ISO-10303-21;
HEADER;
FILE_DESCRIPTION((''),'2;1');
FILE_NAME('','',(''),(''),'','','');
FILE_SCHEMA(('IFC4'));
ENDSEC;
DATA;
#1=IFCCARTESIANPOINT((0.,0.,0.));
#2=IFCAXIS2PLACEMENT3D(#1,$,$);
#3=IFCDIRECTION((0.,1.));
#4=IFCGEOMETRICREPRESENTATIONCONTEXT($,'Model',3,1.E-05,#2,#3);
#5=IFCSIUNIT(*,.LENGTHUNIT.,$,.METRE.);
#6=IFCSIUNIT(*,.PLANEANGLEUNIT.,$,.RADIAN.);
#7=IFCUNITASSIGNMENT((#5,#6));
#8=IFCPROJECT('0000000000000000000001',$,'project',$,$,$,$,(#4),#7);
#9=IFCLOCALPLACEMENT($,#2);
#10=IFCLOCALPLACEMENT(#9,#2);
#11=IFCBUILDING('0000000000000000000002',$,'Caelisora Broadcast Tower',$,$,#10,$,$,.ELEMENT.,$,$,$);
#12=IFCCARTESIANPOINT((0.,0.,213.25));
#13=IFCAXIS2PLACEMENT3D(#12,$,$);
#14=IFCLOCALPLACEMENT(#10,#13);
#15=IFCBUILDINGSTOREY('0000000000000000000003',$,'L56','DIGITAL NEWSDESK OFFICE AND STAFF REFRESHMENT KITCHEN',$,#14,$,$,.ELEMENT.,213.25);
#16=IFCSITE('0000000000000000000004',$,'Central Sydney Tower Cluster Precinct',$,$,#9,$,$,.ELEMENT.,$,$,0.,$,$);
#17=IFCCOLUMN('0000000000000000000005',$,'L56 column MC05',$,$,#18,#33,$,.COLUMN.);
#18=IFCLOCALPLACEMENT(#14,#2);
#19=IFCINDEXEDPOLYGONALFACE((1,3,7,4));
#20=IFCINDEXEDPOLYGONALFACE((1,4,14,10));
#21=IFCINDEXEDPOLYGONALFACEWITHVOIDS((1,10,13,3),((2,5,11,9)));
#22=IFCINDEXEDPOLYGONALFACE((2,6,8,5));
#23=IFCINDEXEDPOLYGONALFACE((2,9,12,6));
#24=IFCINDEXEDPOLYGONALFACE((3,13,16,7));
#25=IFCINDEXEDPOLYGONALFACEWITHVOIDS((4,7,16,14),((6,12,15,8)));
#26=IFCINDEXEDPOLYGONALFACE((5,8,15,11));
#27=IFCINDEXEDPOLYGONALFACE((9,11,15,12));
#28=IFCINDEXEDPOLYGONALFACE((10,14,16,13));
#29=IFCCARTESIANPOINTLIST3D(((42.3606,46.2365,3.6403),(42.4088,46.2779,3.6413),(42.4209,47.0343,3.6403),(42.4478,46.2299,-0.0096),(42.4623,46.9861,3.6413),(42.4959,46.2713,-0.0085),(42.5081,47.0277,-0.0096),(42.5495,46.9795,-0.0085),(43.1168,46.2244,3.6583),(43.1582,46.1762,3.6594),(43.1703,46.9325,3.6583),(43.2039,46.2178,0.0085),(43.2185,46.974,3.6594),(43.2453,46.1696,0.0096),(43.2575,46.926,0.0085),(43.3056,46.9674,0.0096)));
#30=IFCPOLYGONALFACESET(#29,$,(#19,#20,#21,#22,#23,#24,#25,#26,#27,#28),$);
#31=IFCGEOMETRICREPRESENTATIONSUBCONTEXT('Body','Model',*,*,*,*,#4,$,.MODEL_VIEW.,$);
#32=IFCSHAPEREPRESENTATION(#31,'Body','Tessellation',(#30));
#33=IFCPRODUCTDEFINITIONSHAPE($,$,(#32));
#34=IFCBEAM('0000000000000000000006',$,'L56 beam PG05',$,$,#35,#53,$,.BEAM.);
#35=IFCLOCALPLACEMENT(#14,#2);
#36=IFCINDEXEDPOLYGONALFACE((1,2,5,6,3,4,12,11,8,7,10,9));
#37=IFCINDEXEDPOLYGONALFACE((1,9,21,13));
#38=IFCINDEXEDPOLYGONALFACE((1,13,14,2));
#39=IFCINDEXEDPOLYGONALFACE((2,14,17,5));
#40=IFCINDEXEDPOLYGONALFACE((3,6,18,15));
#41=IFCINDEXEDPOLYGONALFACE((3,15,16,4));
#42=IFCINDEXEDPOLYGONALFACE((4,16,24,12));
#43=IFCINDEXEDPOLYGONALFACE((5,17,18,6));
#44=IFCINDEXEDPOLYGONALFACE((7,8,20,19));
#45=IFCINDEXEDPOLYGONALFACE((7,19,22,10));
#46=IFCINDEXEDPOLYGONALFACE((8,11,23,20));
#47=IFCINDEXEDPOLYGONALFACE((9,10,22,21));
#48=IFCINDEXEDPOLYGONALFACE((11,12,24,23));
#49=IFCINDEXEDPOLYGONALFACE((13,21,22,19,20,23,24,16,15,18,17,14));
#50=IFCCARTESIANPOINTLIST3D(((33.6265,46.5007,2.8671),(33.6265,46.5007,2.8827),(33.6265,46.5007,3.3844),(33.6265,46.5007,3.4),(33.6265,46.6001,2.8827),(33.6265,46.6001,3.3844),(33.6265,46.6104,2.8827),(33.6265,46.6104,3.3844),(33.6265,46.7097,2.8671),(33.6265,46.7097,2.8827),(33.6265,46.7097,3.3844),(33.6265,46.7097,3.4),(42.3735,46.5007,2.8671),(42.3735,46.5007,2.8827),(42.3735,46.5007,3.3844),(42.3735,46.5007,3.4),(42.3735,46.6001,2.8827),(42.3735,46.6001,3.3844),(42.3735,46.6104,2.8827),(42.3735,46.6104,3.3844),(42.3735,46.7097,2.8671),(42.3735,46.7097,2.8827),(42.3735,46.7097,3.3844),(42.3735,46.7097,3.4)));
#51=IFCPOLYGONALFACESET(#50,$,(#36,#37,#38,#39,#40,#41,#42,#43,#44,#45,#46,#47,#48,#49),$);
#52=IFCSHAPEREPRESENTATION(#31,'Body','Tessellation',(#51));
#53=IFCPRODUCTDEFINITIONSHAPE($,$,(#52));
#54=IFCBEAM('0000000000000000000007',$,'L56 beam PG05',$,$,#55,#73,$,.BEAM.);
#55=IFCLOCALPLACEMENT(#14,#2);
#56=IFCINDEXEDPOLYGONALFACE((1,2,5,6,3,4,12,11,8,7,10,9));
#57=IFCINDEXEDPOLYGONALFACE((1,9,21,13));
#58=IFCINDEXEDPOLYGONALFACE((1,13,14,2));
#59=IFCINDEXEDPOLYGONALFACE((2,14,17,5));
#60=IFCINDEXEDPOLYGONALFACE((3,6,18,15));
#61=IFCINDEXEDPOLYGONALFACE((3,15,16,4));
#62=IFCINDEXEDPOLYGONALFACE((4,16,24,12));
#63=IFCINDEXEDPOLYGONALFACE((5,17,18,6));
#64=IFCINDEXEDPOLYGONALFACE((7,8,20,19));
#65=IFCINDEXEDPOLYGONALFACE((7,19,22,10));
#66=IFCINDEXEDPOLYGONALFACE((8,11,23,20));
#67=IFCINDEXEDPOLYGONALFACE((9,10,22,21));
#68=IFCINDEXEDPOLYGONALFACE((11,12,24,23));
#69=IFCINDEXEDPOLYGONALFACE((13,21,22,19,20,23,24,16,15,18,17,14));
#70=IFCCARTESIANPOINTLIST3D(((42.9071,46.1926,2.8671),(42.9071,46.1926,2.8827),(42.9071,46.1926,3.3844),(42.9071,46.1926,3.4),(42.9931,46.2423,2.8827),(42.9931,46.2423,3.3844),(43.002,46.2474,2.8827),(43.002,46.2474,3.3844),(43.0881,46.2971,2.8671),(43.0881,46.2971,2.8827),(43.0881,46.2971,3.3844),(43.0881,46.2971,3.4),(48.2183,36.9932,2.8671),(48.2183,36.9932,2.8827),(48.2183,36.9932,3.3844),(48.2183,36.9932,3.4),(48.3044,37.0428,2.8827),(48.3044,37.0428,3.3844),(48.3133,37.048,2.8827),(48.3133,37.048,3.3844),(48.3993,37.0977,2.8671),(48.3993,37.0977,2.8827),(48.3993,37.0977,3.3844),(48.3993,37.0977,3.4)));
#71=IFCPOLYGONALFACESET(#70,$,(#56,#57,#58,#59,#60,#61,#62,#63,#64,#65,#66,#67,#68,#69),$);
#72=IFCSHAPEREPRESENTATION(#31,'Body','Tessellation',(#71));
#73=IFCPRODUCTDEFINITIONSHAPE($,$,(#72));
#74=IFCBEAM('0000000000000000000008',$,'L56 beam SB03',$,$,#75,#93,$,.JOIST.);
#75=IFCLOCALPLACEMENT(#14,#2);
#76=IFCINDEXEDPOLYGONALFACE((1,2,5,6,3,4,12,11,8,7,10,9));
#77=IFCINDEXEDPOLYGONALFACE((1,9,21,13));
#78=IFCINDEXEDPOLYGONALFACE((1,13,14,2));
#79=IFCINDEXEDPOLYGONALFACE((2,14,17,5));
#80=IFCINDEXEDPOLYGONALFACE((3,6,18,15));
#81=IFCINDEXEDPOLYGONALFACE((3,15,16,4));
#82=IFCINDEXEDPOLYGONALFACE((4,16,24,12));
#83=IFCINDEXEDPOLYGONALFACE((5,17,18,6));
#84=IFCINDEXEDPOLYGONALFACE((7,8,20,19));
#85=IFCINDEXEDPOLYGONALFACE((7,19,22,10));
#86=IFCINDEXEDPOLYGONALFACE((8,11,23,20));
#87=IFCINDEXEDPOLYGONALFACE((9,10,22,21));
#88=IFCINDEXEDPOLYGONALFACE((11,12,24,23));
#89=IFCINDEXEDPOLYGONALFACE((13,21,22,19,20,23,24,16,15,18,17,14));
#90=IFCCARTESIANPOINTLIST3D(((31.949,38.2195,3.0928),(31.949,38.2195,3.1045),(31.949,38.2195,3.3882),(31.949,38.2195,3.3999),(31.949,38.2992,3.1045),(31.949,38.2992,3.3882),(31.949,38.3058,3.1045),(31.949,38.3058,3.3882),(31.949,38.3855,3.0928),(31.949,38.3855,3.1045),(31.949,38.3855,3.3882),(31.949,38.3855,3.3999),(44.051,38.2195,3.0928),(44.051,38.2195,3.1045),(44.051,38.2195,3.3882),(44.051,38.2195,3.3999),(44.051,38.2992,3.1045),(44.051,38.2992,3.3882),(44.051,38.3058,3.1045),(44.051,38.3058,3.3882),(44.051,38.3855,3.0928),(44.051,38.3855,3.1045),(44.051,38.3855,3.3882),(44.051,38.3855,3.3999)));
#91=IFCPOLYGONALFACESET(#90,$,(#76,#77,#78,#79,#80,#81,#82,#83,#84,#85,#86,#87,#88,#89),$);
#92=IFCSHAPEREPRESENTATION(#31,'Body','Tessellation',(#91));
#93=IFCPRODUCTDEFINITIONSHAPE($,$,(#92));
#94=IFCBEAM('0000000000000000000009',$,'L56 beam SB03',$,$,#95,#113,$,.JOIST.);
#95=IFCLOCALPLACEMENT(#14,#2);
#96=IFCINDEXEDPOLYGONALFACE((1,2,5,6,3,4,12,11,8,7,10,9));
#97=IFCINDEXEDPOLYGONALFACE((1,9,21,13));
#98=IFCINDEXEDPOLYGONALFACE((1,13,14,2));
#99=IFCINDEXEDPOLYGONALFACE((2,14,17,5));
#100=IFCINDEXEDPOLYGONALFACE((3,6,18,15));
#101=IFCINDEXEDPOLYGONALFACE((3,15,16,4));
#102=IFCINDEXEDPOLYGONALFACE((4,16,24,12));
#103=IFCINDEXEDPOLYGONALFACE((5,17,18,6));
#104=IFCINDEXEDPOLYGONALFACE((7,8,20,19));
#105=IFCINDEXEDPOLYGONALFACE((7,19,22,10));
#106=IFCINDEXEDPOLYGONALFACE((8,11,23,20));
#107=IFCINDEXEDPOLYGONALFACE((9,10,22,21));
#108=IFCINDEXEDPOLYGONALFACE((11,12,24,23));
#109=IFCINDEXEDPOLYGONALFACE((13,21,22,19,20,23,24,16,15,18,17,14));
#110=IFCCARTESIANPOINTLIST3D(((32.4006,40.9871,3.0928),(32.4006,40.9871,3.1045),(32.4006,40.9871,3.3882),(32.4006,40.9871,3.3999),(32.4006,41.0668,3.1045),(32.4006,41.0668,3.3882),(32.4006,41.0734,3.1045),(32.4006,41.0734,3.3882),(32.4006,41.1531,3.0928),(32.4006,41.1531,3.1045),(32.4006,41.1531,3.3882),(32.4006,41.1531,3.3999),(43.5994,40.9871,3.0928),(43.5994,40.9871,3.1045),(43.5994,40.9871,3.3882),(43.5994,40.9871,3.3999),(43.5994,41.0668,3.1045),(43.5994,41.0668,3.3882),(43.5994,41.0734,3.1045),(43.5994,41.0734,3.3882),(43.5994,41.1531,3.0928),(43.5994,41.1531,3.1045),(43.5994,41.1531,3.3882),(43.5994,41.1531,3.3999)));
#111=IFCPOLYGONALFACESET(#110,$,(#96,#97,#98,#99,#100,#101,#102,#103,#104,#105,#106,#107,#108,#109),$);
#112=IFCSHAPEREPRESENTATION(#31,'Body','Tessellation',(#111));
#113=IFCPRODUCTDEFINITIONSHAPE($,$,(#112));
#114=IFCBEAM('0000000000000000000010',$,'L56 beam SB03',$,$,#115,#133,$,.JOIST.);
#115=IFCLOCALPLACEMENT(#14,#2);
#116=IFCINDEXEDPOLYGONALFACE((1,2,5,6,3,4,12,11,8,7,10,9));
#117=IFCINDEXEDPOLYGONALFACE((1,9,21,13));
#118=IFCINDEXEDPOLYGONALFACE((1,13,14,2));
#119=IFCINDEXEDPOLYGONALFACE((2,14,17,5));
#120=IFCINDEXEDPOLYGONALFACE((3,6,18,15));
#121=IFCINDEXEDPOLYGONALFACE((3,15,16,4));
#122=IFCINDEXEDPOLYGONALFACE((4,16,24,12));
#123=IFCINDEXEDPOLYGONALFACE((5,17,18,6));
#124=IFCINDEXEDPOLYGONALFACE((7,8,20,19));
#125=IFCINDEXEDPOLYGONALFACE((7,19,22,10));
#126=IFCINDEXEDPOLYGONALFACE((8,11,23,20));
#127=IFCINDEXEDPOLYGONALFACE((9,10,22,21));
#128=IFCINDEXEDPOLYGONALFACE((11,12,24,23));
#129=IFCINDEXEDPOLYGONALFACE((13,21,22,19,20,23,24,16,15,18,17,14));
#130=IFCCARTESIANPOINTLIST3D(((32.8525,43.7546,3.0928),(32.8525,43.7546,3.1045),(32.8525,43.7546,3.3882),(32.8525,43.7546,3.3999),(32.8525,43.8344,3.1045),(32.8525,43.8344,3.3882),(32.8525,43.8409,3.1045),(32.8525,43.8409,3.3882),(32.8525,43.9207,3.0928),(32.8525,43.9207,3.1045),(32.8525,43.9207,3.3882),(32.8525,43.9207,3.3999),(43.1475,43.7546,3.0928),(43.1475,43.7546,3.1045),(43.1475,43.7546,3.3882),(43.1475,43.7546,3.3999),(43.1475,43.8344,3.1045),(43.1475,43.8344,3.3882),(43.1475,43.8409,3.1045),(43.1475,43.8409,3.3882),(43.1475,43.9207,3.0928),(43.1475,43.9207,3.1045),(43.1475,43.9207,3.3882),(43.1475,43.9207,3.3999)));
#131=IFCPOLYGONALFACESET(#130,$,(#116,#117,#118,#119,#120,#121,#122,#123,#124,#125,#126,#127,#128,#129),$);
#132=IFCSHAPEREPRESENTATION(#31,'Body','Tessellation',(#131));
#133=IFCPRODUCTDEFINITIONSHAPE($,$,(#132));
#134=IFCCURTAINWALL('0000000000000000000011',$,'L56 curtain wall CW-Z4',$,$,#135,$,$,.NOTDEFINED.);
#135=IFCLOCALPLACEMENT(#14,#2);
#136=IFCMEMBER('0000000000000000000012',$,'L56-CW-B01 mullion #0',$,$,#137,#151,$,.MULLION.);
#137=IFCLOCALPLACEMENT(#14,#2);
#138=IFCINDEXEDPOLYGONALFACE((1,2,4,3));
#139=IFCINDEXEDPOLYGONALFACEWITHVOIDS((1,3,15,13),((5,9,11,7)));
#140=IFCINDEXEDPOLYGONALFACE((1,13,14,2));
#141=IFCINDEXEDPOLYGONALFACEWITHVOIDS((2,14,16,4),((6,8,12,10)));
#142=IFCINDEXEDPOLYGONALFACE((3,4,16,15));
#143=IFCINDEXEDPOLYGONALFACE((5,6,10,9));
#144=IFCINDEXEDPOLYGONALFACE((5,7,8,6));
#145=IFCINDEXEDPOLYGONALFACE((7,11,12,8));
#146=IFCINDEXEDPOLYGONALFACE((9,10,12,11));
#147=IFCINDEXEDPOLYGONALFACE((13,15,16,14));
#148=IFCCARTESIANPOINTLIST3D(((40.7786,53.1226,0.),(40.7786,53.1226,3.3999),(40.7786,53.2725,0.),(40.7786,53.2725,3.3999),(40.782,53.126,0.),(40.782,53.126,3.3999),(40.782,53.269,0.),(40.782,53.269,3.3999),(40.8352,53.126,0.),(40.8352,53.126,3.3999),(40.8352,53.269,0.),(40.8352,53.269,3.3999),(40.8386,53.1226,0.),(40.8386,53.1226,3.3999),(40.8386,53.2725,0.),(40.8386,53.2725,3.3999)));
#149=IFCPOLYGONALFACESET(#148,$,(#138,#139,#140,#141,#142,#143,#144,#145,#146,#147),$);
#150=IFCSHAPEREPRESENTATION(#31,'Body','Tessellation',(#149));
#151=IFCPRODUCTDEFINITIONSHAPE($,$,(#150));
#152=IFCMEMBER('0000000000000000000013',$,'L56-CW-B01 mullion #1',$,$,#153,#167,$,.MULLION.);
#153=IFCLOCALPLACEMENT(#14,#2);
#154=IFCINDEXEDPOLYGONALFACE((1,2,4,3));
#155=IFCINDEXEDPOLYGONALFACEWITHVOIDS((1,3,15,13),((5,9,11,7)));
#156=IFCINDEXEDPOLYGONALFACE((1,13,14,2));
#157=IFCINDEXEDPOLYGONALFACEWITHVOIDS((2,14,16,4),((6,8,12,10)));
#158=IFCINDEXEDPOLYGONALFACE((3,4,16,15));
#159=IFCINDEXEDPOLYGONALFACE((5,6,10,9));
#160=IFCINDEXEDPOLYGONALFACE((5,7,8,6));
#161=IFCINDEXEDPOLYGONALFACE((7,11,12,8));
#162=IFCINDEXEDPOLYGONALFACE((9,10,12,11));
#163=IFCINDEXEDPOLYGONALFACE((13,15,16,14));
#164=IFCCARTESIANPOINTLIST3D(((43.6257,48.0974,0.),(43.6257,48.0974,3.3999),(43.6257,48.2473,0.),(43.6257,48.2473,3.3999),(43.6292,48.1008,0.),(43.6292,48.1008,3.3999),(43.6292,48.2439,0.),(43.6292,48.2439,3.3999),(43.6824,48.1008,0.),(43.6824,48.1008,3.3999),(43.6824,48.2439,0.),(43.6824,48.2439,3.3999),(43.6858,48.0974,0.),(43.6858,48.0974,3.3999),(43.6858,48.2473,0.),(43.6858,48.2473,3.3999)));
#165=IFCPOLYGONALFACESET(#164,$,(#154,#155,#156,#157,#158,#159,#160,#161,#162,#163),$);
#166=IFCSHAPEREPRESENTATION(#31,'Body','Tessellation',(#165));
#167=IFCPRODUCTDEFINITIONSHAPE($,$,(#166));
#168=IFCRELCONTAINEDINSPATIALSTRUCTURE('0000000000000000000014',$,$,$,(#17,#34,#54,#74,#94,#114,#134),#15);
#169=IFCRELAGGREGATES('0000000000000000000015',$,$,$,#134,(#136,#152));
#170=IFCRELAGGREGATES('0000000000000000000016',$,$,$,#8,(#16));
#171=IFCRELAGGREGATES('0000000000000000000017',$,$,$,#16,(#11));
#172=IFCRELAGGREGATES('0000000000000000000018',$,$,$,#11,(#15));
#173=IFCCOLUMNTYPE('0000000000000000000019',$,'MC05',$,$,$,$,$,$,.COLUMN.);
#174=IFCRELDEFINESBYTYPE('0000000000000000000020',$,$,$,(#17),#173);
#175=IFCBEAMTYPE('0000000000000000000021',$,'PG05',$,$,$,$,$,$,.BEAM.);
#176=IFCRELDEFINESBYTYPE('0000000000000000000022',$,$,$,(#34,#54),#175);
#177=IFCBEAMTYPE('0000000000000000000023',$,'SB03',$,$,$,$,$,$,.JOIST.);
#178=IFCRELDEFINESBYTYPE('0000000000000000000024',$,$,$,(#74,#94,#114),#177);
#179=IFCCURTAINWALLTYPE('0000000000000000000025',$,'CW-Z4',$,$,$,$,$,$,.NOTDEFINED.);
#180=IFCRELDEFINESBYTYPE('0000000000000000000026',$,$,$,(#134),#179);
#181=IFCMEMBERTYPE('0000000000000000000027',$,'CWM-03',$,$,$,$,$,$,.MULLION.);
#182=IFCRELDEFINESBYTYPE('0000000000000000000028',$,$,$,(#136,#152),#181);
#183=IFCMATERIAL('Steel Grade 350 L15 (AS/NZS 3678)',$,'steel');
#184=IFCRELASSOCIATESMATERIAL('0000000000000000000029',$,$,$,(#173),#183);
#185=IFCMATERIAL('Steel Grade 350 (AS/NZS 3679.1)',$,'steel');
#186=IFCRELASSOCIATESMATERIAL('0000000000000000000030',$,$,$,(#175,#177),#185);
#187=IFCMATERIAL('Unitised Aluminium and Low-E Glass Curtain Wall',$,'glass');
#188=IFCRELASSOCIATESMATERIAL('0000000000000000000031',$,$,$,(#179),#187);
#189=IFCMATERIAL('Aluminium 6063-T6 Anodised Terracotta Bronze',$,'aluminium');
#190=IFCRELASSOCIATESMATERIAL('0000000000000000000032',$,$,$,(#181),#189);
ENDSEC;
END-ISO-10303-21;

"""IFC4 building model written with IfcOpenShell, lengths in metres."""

from ifc_helpers import new_model, si_unit, direction, frame, origin, origin_2d, place, context, subcontext, project, spatial, hollow_rectangle, i_section, extrude, source, transform, mapped, material, material_profile, profile_set, type_object, type_shapes, element, aggregate, save


model = new_model("IFC4")

# Units and contexts
model_context = context("Model", 3, precision=1e-05, world=origin(), true_north=direction((0.0, 1.0)))
body_context = subcontext(model_context, "Body", "Model", "MODEL_VIEW")
ifc_project = project(units=[si_unit("LENGTHUNIT", "METRE"), si_unit("PLANEANGLEUNIT", "RADIAN")], contexts=[model_context])

# Site, building, storey
site_placement = place(None, origin())
site = spatial("IfcSite", under=ifc_project, at=site_placement, Name="Central Sydney Tower Cluster Precinct", CompositionType="ELEMENT", RefElevation=0.0)
building_placement = place(site_placement, origin())
building = spatial("IfcBuilding", under=site, at=building_placement, Name="Caelisora Broadcast Tower", CompositionType="ELEMENT")
storey_placement = place(building_placement, frame((0.0, 0.0, 213.25)))
storey = spatial("IfcBuildingStorey", under=building, at=storey_placement, Name="L56", Description="DIGITAL NEWSDESK OFFICE AND STAFF REFRESHMENT KITCHEN", CompositionType="ELEMENT", Elevation=213.25)

# Column
ifc_material_1 = material(Name="Steel Grade 350 L15 (AS/NZS 3678)", Category="steel")
ifc_material_profile_1 = material_profile(ifc_material_1, hollow_rectangle(XDim=0.8, YDim=0.8, WallThickness=0.0449, at=origin_2d()), Name="Steel Grade 350 L15 (AS/NZS 3678)")
ifc_profile_set_1 = profile_set([ifc_material_profile_1], Name="Steel Grade 350 L15 (AS/NZS 3678)")
column_type = type_object("IfcColumnType", Name="MC05", PredefinedType="COLUMN", material=ifc_profile_set_1)
shared_shape_1 = source(origin(), body_context, "Body", "SweptSolid", [
    extrude(hollow_rectangle(XDim=0.8, YDim=0.8, WallThickness=0.0449, at=origin_2d()), origin(), (0.0, 0.0, 1.0), 3.6509),
])
type_shapes(column_type, [shared_shape_1])
column_placement = place(storey_placement, frame((42.8767, 46.5986, 0.0), z_axis=(-0.023873, 0.001806, 0.999713), x_axis=(-0.075415, -0.997152, 0.0)))
element("IfcColumn", 1, at=column_placement, inside=storey, type_object=column_type, Name="L56 column MC05", PredefinedType="COLUMN", context=body_context, shape_type="MappedRepresentation", body=[
    mapped(shared_shape_1, transform((0.0, 0.0, 0.0), scale=1.0)),
])

# Beams
ifc_material_2 = material(Name="Steel Grade 350 (AS/NZS 3679.1)", Category="steel")
ifc_material_profile_2 = material_profile(ifc_material_2, i_section(OverallWidth=0.209, OverallDepth=0.533, WebThickness=0.0103, FlangeThickness=0.0156, at=origin_2d()), Name="Steel Grade 350 (AS/NZS 3679.1)")
ifc_profile_set_2 = profile_set([ifc_material_profile_2], Name="Steel Grade 350 (AS/NZS 3679.1)")
beam_type_1 = type_object("IfcBeamType", Name="PG05", PredefinedType="BEAM", material=ifc_profile_set_2)
shared_shape_2 = source(origin(), body_context, "Body", "SweptSolid", [
    extrude(i_section(OverallWidth=0.209, OverallDepth=0.533, WebThickness=0.0103, FlangeThickness=0.0156, at=origin_2d()), origin(), (0.0, 0.0, 1.0), 8.7471),
])
beam_1_placement = place(storey_placement, frame((42.3735, 46.6052, 3.1335), z_axis=(-1.0, 0.0, 0.0), x_axis=(0.0, -1.0, 0.0)))
element("IfcBeam", 2, at=beam_1_placement, inside=storey, type_object=beam_type_1, Name="L56 beam PG05", PredefinedType="BEAM", context=body_context, shape_type="MappedRepresentation", body=[
    mapped(shared_shape_2, transform((0.0, 0.0, 0.0), scale=1.0)),
])
shared_shape_3 = source(origin(), body_context, "Body", "SweptSolid", [
    extrude(i_section(OverallWidth=0.209, OverallDepth=0.533, WebThickness=0.0103, FlangeThickness=0.0156, at=origin_2d()), origin(), (0.0, 0.0, 1.0), 10.6226),
])
type_shapes(beam_type_1, [shared_shape_2, shared_shape_3])
beam_2_placement = place(storey_placement, frame((48.3088, 37.0454, 3.1335), z_axis=(-0.499998, 0.866027, 0.0), x_axis=(-0.866027, -0.499998, 0.0)))
element("IfcBeam", 3, at=beam_2_placement, inside=storey, type_object=beam_type_1, Name="L56 beam PG05", PredefinedType="BEAM", context=body_context, shape_type="MappedRepresentation", body=[
    mapped(shared_shape_3, transform((0.0, 0.0, 0.0), scale=1.0)),
])
ifc_material_profile_3 = material_profile(ifc_material_2, i_section(OverallWidth=0.166, OverallDepth=0.3071, WebThickness=0.0066, FlangeThickness=0.0117, at=origin_2d()), Name="Steel Grade 350 (AS/NZS 3679.1)")
ifc_profile_set_3 = profile_set([ifc_material_profile_3], Name="Steel Grade 350 (AS/NZS 3679.1)")
beam_type_2 = type_object("IfcBeamType", Name="SB03", PredefinedType="JOIST", material=ifc_profile_set_3)
shared_shape_4 = source(origin(), body_context, "Body", "SweptSolid", [
    extrude(i_section(OverallWidth=0.166, OverallDepth=0.3071, WebThickness=0.0066, FlangeThickness=0.0117, at=origin_2d()), origin(), (0.0, 0.0, 1.0), 12.1021),
])
beam_3_placement = place(storey_placement, frame((44.051, 38.3025, 3.2463), z_axis=(-1.0, 0.0, 0.0), x_axis=(0.0, -1.0, 0.0)))
element("IfcBeam", 4, at=beam_3_placement, inside=storey, type_object=beam_type_2, Name="L56 beam SB03", PredefinedType="JOIST", context=body_context, shape_type="MappedRepresentation", body=[
    mapped(shared_shape_4, transform((0.0, 0.0, 0.0), scale=1.0)),
])
shared_shape_5 = source(origin(), body_context, "Body", "SweptSolid", [
    extrude(i_section(OverallWidth=0.166, OverallDepth=0.3071, WebThickness=0.0066, FlangeThickness=0.0117, at=origin_2d()), origin(), (0.0, 0.0, 1.0), 11.1987),
])
beam_4_placement = place(storey_placement, frame((43.5994, 41.0701, 3.2463), z_axis=(-1.0, 0.0, 0.0), x_axis=(0.0, -1.0, 0.0)))
element("IfcBeam", 5, at=beam_4_placement, inside=storey, type_object=beam_type_2, Name="L56 beam SB03", PredefinedType="JOIST", context=body_context, shape_type="MappedRepresentation", body=[
    mapped(shared_shape_5, transform((0.0, 0.0, 0.0), scale=1.0)),
])
shared_shape_6 = source(origin(), body_context, "Body", "SweptSolid", [
    extrude(i_section(OverallWidth=0.166, OverallDepth=0.3071, WebThickness=0.0066, FlangeThickness=0.0117, at=origin_2d()), origin(), (0.0, 0.0, 1.0), 10.2949),
])
type_shapes(beam_type_2, [shared_shape_4, shared_shape_5, shared_shape_6])
beam_5_placement = place(storey_placement, frame((43.1475, 43.8376, 3.2463), z_axis=(-1.0, 0.0, 0.0), x_axis=(0.0, -1.0, 0.0)))
element("IfcBeam", 6, at=beam_5_placement, inside=storey, type_object=beam_type_2, Name="L56 beam SB03", PredefinedType="JOIST", context=body_context, shape_type="MappedRepresentation", body=[
    mapped(shared_shape_6, transform((0.0, 0.0, 0.0), scale=1.0)),
])

# Curtain wall, members
ifc_material_3 = material(Name="Unitised Aluminium and Low-E Glass Curtain Wall", Category="glass")
curtain_wall_type_1 = type_object("IfcCurtainWallType", Name="CW-Z4", PredefinedType="NOTDEFINED", material=ifc_material_3)
curtain_wall_1_placement = place(storey_placement, origin())
curtain_wall_1 = element("IfcCurtainWall", 7, at=curtain_wall_1_placement, inside=storey, type_object=curtain_wall_type_1, Name="L56 curtain wall CW-Z4", PredefinedType="NOTDEFINED")
ifc_material_4 = material(Name="Aluminium 6063-T6 Anodised Terracotta Bronze", Category="aluminium")
ifc_material_profile_4 = material_profile(ifc_material_4, hollow_rectangle(XDim=0.0601, YDim=0.1499, WallThickness=0.0034, at=origin_2d()), Name="Aluminium 6063-T6 Anodised Terracotta Bronze")
ifc_profile_set_4 = profile_set([ifc_material_profile_4], Name="Aluminium 6063-T6 Anodised Terracotta Bronze")
member_type_1 = type_object("IfcMemberType", Name="CWM-03", PredefinedType="MULLION", material=ifc_profile_set_4)
shared_shape_7 = source(origin(), body_context, "Body", "SweptSolid", [
    extrude(hollow_rectangle(XDim=0.0601, YDim=0.1499, WallThickness=0.0034, at=origin_2d()), origin(), (0.0, 0.0, 1.0), 3.3999),
])
type_shapes(member_type_1, [shared_shape_7])
member_1_placement = place(storey_placement, frame((40.8086, 53.1975, 0.0), z_axis=(0.0, 0.0, 1.0), x_axis=(1.0, 0.0, 0.0)))
member_1 = element("IfcMember", 8, at=member_1_placement, type_object=member_type_1, Name="L56-CW-B01 mullion #0", PredefinedType="MULLION", context=body_context, shape_type="MappedRepresentation", body=[
    mapped(shared_shape_7, transform((0.0, 0.0, 0.0), scale=1.0)),
])
member_2_placement = place(storey_placement, frame((43.6558, 48.1724, 0.0), z_axis=(0.0, 0.0, 1.0), x_axis=(1.0, 0.0, 0.0)))
member_2 = element("IfcMember", 9, at=member_2_placement, type_object=member_type_1, Name="L56-CW-B01 mullion #1", PredefinedType="MULLION", context=body_context, shape_type="MappedRepresentation", body=[
    mapped(shared_shape_7, transform((0.0, 0.0, 0.0), scale=1.0)),
])

aggregate(curtain_wall_1, [member_1, member_2])

save(model, "model.ifc")
